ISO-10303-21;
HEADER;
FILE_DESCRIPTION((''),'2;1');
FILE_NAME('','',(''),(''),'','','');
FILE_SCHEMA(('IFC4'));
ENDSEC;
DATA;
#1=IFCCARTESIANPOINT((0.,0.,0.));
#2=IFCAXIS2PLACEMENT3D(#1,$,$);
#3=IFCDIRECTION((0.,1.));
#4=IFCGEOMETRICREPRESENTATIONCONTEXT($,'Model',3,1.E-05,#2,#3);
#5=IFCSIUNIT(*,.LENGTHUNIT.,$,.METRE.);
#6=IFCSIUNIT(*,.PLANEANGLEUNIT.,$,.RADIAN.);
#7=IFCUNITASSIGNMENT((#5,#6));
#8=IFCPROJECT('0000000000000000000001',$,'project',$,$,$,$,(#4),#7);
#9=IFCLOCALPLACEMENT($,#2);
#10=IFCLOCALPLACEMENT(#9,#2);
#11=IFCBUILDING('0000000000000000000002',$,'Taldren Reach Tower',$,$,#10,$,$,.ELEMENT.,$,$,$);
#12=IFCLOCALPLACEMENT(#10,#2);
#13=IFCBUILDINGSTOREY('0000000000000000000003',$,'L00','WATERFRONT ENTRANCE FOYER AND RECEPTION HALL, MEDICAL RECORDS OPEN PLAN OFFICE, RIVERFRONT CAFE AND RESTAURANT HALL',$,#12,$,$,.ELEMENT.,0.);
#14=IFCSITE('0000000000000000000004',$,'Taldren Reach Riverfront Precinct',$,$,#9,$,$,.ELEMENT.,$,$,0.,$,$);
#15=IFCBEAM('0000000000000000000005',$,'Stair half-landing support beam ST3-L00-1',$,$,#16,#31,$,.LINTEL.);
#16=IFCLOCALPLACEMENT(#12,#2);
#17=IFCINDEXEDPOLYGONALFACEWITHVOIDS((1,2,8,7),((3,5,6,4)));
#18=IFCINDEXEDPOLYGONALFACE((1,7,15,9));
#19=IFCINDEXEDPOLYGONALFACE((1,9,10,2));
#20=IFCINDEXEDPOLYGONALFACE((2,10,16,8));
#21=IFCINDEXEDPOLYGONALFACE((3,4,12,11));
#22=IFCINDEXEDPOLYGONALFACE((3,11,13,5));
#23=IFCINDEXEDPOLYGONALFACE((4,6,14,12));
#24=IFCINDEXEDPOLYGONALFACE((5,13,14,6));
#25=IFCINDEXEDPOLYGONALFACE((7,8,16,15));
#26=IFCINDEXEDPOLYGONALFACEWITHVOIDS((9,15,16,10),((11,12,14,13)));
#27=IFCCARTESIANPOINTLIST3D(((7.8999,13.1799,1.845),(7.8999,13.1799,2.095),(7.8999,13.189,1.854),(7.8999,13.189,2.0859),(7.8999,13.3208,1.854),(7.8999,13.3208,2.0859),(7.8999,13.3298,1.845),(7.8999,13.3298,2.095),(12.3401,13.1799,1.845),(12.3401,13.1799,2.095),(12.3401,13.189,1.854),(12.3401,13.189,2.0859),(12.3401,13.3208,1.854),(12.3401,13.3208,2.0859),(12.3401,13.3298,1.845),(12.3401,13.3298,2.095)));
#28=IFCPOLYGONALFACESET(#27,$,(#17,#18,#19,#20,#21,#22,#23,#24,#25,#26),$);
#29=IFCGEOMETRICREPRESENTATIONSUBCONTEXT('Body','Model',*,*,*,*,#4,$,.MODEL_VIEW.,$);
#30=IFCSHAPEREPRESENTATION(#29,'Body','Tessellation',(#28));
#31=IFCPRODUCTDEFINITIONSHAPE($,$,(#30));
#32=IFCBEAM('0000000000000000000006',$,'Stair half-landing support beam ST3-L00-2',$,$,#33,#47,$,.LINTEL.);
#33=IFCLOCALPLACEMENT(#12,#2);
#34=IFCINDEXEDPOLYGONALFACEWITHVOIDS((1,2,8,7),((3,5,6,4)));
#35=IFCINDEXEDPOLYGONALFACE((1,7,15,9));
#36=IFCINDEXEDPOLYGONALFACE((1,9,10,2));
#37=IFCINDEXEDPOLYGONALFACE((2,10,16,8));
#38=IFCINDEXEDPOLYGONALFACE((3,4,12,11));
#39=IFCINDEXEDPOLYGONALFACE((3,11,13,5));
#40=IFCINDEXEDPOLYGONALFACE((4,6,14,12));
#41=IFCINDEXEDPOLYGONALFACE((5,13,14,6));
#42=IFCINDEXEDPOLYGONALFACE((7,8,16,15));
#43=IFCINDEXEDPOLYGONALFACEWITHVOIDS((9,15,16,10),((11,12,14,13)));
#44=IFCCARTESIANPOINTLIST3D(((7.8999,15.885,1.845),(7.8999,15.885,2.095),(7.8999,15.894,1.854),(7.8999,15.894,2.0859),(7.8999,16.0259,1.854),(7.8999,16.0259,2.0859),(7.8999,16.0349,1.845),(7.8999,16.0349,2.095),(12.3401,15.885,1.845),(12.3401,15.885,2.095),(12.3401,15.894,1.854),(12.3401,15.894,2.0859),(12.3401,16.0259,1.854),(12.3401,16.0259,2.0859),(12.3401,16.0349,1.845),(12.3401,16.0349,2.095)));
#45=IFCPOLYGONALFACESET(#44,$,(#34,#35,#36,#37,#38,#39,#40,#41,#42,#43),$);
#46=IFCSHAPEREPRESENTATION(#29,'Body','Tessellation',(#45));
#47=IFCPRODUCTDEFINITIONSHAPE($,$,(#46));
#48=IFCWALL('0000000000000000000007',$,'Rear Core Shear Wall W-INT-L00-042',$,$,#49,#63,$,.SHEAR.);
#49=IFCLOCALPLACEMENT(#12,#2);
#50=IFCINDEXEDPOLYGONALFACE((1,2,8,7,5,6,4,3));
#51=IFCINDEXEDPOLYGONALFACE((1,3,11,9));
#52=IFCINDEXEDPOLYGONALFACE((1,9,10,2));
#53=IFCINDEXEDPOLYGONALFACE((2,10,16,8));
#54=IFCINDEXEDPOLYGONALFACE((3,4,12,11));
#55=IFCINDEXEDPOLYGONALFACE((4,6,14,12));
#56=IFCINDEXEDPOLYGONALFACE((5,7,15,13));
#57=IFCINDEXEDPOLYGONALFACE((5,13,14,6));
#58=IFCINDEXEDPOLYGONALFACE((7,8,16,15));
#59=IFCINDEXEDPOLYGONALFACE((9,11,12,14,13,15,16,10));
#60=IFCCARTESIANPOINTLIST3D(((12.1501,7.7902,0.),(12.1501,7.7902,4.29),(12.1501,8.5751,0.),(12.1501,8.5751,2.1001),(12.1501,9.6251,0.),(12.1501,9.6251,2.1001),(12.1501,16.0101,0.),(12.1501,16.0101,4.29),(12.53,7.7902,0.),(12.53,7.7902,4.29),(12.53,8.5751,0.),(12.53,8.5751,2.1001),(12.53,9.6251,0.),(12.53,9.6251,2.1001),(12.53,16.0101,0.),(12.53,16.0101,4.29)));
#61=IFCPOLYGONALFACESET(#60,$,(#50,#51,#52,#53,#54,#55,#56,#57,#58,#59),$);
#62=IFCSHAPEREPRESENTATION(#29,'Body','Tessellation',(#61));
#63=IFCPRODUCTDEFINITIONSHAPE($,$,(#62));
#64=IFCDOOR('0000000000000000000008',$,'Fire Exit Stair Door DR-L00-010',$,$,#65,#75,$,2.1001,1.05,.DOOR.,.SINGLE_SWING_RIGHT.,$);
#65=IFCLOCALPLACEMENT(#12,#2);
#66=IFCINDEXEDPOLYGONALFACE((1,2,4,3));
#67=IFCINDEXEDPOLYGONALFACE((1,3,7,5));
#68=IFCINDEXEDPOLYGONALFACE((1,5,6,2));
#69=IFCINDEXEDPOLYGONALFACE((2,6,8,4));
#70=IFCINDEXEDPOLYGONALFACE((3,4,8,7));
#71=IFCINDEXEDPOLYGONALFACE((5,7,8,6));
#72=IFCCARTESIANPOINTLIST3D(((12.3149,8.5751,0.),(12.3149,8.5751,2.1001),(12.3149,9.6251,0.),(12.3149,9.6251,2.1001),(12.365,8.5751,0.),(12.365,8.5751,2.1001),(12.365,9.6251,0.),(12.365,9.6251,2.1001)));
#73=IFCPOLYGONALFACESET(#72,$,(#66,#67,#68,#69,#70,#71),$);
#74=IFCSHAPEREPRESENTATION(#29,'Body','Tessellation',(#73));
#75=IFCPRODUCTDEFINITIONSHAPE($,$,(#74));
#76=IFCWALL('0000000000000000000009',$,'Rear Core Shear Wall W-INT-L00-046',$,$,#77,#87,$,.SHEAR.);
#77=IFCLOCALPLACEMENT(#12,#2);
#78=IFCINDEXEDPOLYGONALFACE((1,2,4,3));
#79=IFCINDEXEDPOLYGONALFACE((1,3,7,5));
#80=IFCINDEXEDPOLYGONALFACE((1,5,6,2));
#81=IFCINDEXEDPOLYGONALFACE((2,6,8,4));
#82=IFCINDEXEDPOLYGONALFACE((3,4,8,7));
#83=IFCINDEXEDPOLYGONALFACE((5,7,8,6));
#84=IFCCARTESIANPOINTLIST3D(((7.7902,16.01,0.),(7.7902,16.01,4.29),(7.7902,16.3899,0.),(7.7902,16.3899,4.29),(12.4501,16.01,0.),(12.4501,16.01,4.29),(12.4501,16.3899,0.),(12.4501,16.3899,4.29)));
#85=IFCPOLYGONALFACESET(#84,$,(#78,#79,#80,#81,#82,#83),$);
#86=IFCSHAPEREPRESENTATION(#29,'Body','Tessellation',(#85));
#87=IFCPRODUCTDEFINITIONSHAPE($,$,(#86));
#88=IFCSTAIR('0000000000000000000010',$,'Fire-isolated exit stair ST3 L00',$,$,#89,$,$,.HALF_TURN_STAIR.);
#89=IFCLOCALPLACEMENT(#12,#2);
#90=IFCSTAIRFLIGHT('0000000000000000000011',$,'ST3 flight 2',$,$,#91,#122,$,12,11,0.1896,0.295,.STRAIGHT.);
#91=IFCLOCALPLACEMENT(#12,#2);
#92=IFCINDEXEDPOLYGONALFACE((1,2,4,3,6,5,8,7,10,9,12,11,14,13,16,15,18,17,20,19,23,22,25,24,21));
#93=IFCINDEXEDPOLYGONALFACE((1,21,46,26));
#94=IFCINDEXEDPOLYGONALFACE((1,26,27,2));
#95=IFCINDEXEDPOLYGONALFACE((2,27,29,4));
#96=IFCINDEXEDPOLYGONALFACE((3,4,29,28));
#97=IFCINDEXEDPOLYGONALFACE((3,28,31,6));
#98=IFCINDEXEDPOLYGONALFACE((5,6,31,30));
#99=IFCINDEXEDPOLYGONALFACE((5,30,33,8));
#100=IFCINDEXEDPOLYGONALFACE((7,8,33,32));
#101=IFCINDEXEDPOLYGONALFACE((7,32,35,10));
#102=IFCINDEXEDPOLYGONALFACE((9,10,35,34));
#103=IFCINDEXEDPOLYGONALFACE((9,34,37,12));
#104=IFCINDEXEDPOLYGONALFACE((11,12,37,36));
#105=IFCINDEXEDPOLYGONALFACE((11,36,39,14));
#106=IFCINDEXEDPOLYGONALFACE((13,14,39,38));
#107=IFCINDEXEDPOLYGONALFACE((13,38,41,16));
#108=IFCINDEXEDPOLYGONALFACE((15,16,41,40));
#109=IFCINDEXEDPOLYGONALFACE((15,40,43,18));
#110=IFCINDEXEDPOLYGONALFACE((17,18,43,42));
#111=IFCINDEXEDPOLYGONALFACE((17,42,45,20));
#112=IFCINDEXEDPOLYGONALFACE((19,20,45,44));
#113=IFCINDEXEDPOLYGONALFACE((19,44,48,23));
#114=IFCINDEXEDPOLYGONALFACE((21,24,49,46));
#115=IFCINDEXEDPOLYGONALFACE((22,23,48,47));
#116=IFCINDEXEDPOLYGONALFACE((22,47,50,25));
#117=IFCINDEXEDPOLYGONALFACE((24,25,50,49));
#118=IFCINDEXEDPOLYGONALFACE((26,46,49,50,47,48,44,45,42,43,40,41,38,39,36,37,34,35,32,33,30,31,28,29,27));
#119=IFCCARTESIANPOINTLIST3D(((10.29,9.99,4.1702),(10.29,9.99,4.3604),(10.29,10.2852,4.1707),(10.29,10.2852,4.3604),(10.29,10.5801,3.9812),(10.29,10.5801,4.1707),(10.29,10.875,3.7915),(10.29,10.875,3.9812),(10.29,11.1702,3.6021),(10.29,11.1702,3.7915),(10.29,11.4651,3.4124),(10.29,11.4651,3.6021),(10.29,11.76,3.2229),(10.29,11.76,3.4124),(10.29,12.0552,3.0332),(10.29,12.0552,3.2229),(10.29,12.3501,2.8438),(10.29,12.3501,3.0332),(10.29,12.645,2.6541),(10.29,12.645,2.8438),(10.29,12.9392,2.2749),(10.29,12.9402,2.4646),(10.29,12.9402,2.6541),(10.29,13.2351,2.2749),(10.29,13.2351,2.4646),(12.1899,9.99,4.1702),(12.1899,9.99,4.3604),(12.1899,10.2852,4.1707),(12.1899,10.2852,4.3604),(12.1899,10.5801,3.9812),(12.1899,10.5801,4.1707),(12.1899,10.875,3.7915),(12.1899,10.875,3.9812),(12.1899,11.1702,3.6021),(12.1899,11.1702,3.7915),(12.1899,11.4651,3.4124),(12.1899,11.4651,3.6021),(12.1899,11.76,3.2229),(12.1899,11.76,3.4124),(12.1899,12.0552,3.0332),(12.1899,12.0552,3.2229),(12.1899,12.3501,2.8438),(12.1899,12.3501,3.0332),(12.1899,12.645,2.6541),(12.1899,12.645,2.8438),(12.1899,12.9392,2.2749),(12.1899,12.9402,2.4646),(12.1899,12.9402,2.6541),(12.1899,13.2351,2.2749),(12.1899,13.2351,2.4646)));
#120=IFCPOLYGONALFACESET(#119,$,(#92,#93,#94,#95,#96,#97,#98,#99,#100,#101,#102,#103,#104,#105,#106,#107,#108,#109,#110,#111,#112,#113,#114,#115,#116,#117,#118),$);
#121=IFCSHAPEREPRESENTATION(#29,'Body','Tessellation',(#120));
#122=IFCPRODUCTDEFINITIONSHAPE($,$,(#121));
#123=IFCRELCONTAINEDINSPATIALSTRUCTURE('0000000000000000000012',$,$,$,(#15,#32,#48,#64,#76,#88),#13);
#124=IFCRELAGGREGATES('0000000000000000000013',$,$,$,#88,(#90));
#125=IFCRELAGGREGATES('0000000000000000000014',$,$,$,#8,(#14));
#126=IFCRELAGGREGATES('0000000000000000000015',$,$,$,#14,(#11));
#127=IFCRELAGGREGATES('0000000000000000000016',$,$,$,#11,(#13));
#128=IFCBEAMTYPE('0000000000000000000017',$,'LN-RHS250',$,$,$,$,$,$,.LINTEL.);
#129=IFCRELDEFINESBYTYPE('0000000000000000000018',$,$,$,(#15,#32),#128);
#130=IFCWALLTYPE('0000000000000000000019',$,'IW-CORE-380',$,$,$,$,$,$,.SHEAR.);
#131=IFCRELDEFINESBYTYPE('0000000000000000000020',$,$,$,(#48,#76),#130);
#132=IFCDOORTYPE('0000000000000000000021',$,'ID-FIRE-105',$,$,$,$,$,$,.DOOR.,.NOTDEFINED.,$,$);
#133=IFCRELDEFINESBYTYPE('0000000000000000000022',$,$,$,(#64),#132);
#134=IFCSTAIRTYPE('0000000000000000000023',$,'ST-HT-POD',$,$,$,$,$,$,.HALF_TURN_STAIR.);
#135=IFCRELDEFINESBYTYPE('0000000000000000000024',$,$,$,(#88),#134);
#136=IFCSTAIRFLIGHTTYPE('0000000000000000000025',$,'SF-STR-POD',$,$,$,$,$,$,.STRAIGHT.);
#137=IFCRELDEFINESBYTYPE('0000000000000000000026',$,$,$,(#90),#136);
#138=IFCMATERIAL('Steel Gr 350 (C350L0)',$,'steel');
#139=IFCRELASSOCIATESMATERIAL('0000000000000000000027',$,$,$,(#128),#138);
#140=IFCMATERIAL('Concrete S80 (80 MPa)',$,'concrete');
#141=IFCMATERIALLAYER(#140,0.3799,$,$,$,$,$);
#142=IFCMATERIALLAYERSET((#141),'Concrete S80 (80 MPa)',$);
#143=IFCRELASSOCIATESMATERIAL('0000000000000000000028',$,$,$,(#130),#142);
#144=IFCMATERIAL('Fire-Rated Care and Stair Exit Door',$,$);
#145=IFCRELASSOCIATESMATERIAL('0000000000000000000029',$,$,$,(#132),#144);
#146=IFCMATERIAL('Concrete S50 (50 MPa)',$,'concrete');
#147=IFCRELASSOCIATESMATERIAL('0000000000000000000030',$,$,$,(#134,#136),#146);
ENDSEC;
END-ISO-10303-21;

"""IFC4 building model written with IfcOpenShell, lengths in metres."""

from ifc_helpers import new_model, si_unit, direction, frame, frame_2d, origin, origin_2d, place, context, subcontext, project, spatial, polyline, rectangle, hollow_rectangle, outline, extrude, source, transform, mapped, material, layer, layer_set, material_profile, profile_set, type_object, element, fill, aggregate, save


model = new_model("IFC4")

# Units and contexts
model_context = context("Model", 3, precision=1e-05, world=origin(), true_north=direction((0.0, 1.0)))
body_context = subcontext(model_context, "Body", "Model", "MODEL_VIEW")
ifc_project = project(units=[si_unit("LENGTHUNIT", "METRE"), si_unit("PLANEANGLEUNIT", "RADIAN")], contexts=[model_context])

# Site, building, storey
site_placement = place(None, origin())
site = spatial("IfcSite", under=ifc_project, at=site_placement, Name="Taldren Reach Riverfront Precinct", CompositionType="ELEMENT", RefElevation=0.0)
building_placement = place(site_placement, origin())
building = spatial("IfcBuilding", under=site, at=building_placement, Name="Taldren Reach Tower", CompositionType="ELEMENT")
storey_placement = place(building_placement, origin())
storey = spatial("IfcBuildingStorey", under=building, at=storey_placement, Name="L00", Description="WATERFRONT ENTRANCE FOYER AND RECEPTION HALL, MEDICAL RECORDS OPEN PLAN OFFICE, RIVERFRONT CAFE AND RESTAURANT HALL", CompositionType="ELEMENT", Elevation=0.0)

# Shared definitions
ifc_material_1 = material(Name="Concrete S50 (50 MPa)", Category="concrete")

# Shared definitions
ifc_material_2 = material(Name="Steel Gr 350 (C350L0)", Category="steel")

# Beams
ifc_material_profile_1 = material_profile(ifc_material_2, hollow_rectangle(XDim=0.1499, YDim=0.25, WallThickness=0.009, at=origin_2d()), Name="250x150x9.0RHS")
ifc_profile_set_1 = profile_set([ifc_material_profile_1], Name="Steel Gr 350 (C350L0)")
beam_type_1 = type_object("IfcBeamType", Name="LN-RHS250", PredefinedType="LINTEL", material=ifc_profile_set_1)
shared_shape_1 = source(origin(), body_context, "Body", "SweptSolid", [
    extrude(hollow_rectangle(XDim=0.1499, YDim=0.25, WallThickness=0.009, at=origin_2d()), origin(), (0.0, 0.0, 1.0), 4.4402),
])
for number, where, z_axis, x_axis, name in (
    (1, (7.8999, 13.2549, 1.97), (1.0, 0.0, 0.0), (0.0, 1.0, 0.0), "Stair half-landing support beam ST3-L00-1"),
    (2, (7.8999, 15.96, 1.97), (1.0, 0.0, 0.0), (0.0, 1.0, 0.0), "Stair half-landing support beam ST3-L00-2"),
):
    element("IfcBeam", number, at=place(storey_placement, frame(where, z_axis=z_axis, x_axis=x_axis)), inside=storey, type_object=beam_type_1, Name=name, PredefinedType="LINTEL", context=body_context, shape_type="MappedRepresentation", body=[
        mapped(shared_shape_1, transform((0.0, 0.0, 0.0), scale=1.0)),
    ])

# Wall, opening, door
ifc_material_3 = material(Name="Concrete S80 (80 MPa)", Category="concrete")
ifc_layer_1 = layer(ifc_material_3, 0.3799)
ifc_layer_set_1 = layer_set([ifc_layer_1], Name="Concrete S80 (80 MPa)")
wall_type = type_object("IfcWallType", Name="IW-CORE-380", PredefinedType="SHEAR", material=ifc_layer_set_1)
shared_shape_2 = source(origin(), body_context, "Body", "SweptSolid", [
    extrude(rectangle(XDim=8.22, YDim=0.3799, at=frame_2d((4.1099, 0.0))), origin(), (0.0, 0.0, 1.0), 4.29),
])
wall_1_placement = place(storey_placement, frame((12.3401, 16.01, 0.0), z_axis=(0.0, 0.0, 1.0), x_axis=(0.0, -1.0, 0.0)))
wall_1 = element("IfcWall", 3, at=wall_1_placement, inside=storey, type_object=wall_type, Name="Rear Core Shear Wall W-INT-L00-042", PredefinedType="SHEAR", context=body_context, shape_type="MappedRepresentation", body=[
    mapped(shared_shape_2, transform((0.0, 0.0, 0.0), scale=1.0)),
])
shared_shape_3 = source(origin(), body_context, "Body", "SweptSolid", [
    extrude(rectangle(XDim=1.05, YDim=2.1001, at=frame_2d((0.5249, 1.05))), frame((0.0, 0.2, 0.0), z_axis=(0.0, -1.0, 0.0), x_axis=(1.0, 0.0, 0.0)), (0.0, 0.0, 1.0), 0.3999),
])
opening_placement = place(wall_1_placement, frame((6.385, 0.0, 0.0)))
opening = element("IfcOpeningElement", 4, at=opening_placement, cuts=wall_1, PredefinedType="OPENING", context=body_context, shape_type="MappedRepresentation", body=[
    mapped(shared_shape_3, transform((0.0, 0.0, 0.0), scale=1.0)),
])
ifc_material_4 = material(Name="Fire-Rated Care and Stair Exit Door")
door_type = type_object("IfcDoorType", Name="ID-FIRE-105", OperationType="NOTDEFINED", PredefinedType="DOOR", material=ifc_material_4)
shared_shape_4 = source(origin(), body_context, "Body", "SweptSolid", [
    extrude(rectangle(XDim=1.05, YDim=2.1001, at=frame_2d((0.5249, 1.05))), frame((0.0, 0.0249, 0.0), z_axis=(0.0, -1.0, 0.0), x_axis=(1.0, 0.0, 0.0)), (0.0, 0.0, 1.0), 0.05),
])
door_placement = place(opening_placement, origin())
door = element("IfcDoor", 5, at=door_placement, inside=storey, type_object=door_type, Name="Fire Exit Stair Door DR-L00-010", OperationType="SINGLE_SWING_RIGHT", OverallHeight=2.1001, OverallWidth=1.05, PredefinedType="DOOR", context=body_context, shape_type="MappedRepresentation", body=[
    mapped(shared_shape_4, transform((0.0, 0.0, 0.0), scale=1.0)),
])
fill(opening, door)

# Wall
shared_shape_5 = source(origin(), body_context, "Body", "SweptSolid", [
    extrude(rectangle(XDim=4.6599, YDim=0.3799, at=frame_2d((2.3301, 0.0))), origin(), (0.0, 0.0, 1.0), 4.29),
])
wall_2_placement = place(storey_placement, frame((7.79, 16.2, 0.0), z_axis=(0.0, 0.0, 1.0), x_axis=(1.0, 0.0, 0.0)))
element("IfcWall", 6, at=wall_2_placement, inside=storey, type_object=wall_type, Name="Rear Core Shear Wall W-INT-L00-046", PredefinedType="SHEAR", context=body_context, shape_type="MappedRepresentation", body=[
    mapped(shared_shape_5, transform((0.0, 0.0, 0.0), scale=1.0)),
])

# Stair, stair flight
stair_type = type_object("IfcStairType", Name="ST-HT-POD", PredefinedType="HALF_TURN_STAIR", material=ifc_material_1)
stair_placement = place(storey_placement, origin())
stair = element("IfcStair", 7, at=stair_placement, inside=storey, type_object=stair_type, Name="Fire-isolated exit stair ST3 L00", PredefinedType="HALF_TURN_STAIR")
stair_flight_type = type_object("IfcStairFlightType", Name="SF-STR-POD", PredefinedType="STRAIGHT", material=ifc_material_1)
stair_flight_placement = place(storey_placement, frame((11.24, 13.2351, 2.2749), z_axis=(0.0, 0.0, 1.0), x_axis=(0.0, -1.0, 0.0)))
stair_flight = element("IfcStairFlight", 8, at=stair_flight_placement, type_object=stair_flight_type, Name="ST3 flight 2", NumberOfRisers=12, NumberOfTreads=11, PredefinedType="STRAIGHT", RiserHeight=0.1896, TreadLength=0.295, context=body_context, shape_type="SweptSolid", body=[
    extrude(outline(polyline([(0.0, 0.0), (0.0, 0.1897), (0.2949, 0.1897), (0.2949, 0.3792), (0.5901, 0.3792), (0.5901, 0.5688), (0.885, 0.5688), (0.885, 0.7583), (1.1799, 0.7583), (1.1799, 0.948), (1.4751, 0.948), (1.4751, 1.1375), (1.77, 1.1375), (1.77, 1.3271), (2.0649, 1.3271), (2.0649, 1.5166), (2.3601, 1.5166), (2.3601, 1.7063), (2.655, 1.7063), (2.655, 1.8958), (2.95, 1.8958), (2.95, 2.0854), (3.2451, 2.0854), (3.2451, 2.2749), (3.2451, 1.8953), (0.2959, 0.0), (0.0, 0.0)])), frame((0.0, 0.95, 0.0), z_axis=(0.0, -1.0, 0.0), x_axis=(1.0, 0.0, 0.0)), (0.0, 0.0, 1.0), 1.8999),
])
aggregate(stair, [stair_flight])

save(model, "model.ifc")
